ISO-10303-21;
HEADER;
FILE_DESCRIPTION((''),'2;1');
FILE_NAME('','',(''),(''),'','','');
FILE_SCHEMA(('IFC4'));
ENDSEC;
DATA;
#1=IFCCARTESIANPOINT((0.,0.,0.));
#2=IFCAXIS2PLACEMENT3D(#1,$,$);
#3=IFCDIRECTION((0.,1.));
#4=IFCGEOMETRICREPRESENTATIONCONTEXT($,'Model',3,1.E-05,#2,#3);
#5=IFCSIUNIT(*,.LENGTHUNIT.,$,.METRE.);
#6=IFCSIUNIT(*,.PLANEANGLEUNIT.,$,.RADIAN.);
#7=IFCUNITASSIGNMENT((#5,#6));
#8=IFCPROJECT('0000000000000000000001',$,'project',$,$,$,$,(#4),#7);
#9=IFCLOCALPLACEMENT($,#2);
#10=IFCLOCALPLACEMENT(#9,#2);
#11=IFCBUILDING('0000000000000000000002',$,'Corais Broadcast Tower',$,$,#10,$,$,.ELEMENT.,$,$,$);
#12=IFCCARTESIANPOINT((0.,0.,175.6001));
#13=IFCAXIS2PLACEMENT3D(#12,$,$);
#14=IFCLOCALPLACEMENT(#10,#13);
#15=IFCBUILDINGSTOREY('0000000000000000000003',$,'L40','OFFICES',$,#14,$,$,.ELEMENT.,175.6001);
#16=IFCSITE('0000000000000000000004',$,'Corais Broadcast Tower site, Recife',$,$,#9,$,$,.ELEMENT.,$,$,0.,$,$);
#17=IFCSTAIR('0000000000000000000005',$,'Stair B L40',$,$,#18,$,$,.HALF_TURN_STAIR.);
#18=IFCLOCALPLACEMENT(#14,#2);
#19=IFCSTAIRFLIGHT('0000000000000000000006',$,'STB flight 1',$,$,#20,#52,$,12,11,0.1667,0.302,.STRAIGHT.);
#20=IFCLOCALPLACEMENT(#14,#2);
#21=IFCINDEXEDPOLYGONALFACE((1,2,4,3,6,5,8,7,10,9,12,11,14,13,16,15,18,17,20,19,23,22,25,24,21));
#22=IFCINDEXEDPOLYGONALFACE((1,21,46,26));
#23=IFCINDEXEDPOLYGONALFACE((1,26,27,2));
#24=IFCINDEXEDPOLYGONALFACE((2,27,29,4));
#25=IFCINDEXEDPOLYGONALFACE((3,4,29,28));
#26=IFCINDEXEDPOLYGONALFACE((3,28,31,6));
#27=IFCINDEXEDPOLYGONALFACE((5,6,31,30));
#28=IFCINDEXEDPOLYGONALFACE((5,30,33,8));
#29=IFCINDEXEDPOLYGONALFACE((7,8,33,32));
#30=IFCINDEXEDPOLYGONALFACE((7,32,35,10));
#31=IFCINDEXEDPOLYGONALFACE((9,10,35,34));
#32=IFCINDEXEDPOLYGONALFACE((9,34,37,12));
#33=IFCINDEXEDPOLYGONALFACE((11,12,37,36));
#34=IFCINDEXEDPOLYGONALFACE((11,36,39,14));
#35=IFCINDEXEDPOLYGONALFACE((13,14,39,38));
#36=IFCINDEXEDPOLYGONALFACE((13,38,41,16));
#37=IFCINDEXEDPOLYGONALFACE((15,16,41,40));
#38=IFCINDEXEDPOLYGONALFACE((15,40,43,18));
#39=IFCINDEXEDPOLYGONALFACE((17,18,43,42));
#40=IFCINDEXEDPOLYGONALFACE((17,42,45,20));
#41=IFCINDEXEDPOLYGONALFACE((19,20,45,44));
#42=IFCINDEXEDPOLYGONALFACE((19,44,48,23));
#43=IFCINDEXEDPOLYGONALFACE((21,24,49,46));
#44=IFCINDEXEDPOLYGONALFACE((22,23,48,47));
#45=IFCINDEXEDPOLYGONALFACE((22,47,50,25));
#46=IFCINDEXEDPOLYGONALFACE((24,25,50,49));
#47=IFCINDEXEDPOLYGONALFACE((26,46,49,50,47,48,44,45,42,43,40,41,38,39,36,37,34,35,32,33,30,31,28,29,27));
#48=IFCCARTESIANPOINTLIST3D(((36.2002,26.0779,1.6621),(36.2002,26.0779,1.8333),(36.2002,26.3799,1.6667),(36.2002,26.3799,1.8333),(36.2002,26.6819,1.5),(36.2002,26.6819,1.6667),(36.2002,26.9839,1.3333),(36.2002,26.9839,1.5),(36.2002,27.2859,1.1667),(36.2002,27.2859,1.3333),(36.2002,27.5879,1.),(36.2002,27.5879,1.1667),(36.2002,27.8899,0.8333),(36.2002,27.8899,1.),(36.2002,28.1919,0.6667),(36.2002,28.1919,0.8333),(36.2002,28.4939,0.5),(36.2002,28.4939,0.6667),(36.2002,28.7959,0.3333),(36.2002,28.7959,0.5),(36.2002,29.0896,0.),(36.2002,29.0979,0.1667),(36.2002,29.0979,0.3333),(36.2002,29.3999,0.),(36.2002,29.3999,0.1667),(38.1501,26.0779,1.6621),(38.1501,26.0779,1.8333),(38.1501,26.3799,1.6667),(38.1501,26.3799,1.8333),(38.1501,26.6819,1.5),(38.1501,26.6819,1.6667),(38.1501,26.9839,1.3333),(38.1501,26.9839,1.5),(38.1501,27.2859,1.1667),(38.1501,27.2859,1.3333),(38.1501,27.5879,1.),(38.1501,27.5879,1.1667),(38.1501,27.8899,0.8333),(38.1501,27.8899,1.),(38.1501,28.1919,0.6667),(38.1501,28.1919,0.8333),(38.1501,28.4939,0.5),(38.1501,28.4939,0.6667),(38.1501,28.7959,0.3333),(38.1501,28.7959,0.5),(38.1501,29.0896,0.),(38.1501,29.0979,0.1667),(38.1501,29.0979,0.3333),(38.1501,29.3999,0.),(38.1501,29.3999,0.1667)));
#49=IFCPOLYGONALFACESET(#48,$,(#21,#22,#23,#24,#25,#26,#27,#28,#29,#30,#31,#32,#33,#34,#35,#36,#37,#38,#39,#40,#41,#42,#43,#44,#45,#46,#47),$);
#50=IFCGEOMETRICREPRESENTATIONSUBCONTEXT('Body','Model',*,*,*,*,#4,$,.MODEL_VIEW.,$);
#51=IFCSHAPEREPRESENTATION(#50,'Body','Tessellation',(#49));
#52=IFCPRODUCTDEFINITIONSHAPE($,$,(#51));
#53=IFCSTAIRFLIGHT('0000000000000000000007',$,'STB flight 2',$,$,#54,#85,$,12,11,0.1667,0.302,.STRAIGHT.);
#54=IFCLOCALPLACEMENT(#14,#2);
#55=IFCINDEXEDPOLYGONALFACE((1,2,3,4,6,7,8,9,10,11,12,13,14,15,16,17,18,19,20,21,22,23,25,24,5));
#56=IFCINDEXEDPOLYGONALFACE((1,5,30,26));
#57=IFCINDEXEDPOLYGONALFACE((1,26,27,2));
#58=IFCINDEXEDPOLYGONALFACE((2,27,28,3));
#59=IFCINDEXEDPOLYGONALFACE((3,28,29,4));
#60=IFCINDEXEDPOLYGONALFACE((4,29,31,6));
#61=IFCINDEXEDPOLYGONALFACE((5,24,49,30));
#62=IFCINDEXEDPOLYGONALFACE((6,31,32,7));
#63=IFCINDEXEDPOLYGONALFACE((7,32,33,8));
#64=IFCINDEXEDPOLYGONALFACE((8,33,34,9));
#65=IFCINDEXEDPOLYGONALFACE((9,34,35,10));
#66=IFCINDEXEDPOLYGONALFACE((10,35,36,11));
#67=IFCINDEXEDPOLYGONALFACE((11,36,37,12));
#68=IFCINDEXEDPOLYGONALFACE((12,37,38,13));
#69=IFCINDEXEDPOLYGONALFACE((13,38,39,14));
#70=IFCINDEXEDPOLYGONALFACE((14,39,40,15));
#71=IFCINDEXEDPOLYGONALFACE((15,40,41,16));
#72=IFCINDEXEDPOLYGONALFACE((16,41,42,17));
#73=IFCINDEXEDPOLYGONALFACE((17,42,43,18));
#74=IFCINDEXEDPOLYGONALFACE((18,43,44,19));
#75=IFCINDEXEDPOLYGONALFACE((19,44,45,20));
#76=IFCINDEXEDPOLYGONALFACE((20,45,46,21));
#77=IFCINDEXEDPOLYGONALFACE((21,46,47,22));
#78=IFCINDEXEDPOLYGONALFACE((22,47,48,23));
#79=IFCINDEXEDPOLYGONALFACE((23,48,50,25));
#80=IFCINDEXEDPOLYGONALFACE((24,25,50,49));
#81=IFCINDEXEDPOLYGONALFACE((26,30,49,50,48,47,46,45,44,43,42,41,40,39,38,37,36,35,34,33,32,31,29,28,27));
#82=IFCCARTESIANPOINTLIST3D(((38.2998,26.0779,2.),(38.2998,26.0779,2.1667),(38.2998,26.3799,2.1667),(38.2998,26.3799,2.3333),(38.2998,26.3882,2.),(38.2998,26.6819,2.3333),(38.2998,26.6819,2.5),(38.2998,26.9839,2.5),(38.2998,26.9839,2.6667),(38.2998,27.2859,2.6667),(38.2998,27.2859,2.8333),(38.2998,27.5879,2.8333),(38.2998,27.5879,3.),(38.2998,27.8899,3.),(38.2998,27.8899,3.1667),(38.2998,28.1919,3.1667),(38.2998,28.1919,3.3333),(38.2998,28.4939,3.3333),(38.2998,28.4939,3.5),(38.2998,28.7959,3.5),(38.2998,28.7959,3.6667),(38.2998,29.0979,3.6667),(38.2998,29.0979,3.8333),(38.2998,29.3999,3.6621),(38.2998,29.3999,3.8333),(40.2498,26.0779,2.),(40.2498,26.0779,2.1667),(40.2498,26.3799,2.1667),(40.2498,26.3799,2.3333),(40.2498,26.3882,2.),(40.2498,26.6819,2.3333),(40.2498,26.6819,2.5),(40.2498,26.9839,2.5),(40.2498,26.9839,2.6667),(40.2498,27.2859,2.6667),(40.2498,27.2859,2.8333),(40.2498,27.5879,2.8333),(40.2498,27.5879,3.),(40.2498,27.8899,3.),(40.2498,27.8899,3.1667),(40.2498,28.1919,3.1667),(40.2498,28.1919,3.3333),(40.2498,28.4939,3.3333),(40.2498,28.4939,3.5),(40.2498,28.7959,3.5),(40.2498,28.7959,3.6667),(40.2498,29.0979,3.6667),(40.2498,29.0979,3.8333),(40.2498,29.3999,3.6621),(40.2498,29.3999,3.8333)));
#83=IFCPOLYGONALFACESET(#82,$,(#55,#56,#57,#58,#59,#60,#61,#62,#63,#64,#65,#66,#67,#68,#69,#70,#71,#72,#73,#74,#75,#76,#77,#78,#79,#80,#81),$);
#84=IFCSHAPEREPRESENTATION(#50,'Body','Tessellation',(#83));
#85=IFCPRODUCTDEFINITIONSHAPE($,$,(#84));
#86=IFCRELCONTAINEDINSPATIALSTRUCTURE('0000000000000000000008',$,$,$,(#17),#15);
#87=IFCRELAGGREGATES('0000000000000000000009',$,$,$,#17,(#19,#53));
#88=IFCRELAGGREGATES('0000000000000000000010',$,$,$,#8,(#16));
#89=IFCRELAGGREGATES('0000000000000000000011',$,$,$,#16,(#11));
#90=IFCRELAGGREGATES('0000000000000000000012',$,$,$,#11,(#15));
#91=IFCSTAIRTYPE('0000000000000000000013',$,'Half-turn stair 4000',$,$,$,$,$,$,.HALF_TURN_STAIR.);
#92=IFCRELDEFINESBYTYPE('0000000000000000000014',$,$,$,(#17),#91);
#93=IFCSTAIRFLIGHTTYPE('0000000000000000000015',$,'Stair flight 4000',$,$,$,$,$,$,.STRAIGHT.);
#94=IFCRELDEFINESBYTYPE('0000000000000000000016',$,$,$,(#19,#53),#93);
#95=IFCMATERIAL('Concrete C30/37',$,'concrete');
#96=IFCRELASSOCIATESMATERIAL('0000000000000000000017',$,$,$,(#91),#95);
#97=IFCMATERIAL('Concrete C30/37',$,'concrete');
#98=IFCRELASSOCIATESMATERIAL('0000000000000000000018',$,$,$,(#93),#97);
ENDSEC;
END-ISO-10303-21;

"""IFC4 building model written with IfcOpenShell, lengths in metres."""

from ifc_helpers import new_model, si_unit, direction, frame, origin, place, context, subcontext, project, spatial, polyline, outline, extrude, material, type_object, element, aggregate, save


model = new_model("IFC4")

# Units and contexts
model_context = context("Model", 3, precision=1e-05, world=origin(), true_north=direction((0.0, 1.0)))
body_context = subcontext(model_context, "Body", "Model", "MODEL_VIEW")
ifc_project = project(units=[si_unit("LENGTHUNIT", "METRE"), si_unit("PLANEANGLEUNIT", "RADIAN")], contexts=[model_context])

# Site, building, storey
site_placement = place(None, origin())
site = spatial("IfcSite", under=ifc_project, at=site_placement, Name="Corais Broadcast Tower site, Recife", CompositionType="ELEMENT", RefElevation=0.0)
building_placement = place(site_placement, origin())
building = spatial("IfcBuilding", under=site, at=building_placement, Name="Corais Broadcast Tower", CompositionType="ELEMENT")
storey_placement = place(building_placement, frame((0.0, 0.0, 175.6001)))
storey = spatial("IfcBuildingStorey", under=building, at=storey_placement, Name="L40", Description="OFFICES", CompositionType="ELEMENT", Elevation=175.6001)

# Stair, stair flights
ifc_material_1 = material(Name="Concrete C30/37", Category="concrete")
stair_type = type_object("IfcStairType", Name="Half-turn stair 4000", PredefinedType="HALF_TURN_STAIR", material=ifc_material_1)
stair_placement = place(storey_placement, origin())
stair = element("IfcStair", 1, at=stair_placement, inside=storey, type_object=stair_type, Name="Stair B L40", PredefinedType="HALF_TURN_STAIR")
ifc_material_2 = material(Name="Concrete C30/37", Category="concrete")
stair_flight_type = type_object("IfcStairFlightType", Name="Stair flight 4000", PredefinedType="STRAIGHT", material=ifc_material_2)
stair_flight_1_placement = place(storey_placement, frame((37.175, 29.3999, 0.0), z_axis=(0.0, 0.0, 1.0), x_axis=(0.0, -1.0, 0.0)))
stair_flight_1 = element("IfcStairFlight", 2, at=stair_flight_1_placement, type_object=stair_flight_type, Name="STB flight 1", NumberOfRisers=12, NumberOfTreads=11, PredefinedType="STRAIGHT", RiserHeight=0.1667, TreadLength=0.302, context=body_context, shape_type="SweptSolid", body=[
    extrude(outline(polyline([(0.0, 0.0), (0.0, 0.1667), (0.302, 0.1667), (0.302, 0.3333), (0.604, 0.3333), (0.604, 0.5), (0.906, 0.5), (0.906, 0.6667), (1.208, 0.6667), (1.208, 0.8333), (1.51, 0.8333), (1.51, 1.0), (1.812, 1.0), (1.812, 1.1667), (2.114, 1.1667), (2.114, 1.3333), (2.416, 1.3333), (2.416, 1.5), (2.718, 1.5), (2.718, 1.6667), (3.02, 1.6667), (3.02, 1.8333), (3.322, 1.8333), (3.322, 2.0), (3.322, 1.6621), (0.3103, 0.0), (0.0, 0.0)])), frame((0.0, 0.9751, 0.0), z_axis=(0.0, -1.0, 0.0), x_axis=(1.0, 0.0, 0.0)), (0.0, 0.0, 1.0), 1.95),
])
stair_flight_2_placement = place(storey_placement, frame((39.2749, 26.0779, 2.0), z_axis=(0.0, 0.0, 1.0), x_axis=(0.0, 1.0, 0.0)))
stair_flight_2 = element("IfcStairFlight", 3, at=stair_flight_2_placement, type_object=stair_flight_type, Name="STB flight 2", NumberOfRisers=12, NumberOfTreads=11, PredefinedType="STRAIGHT", RiserHeight=0.1667, TreadLength=0.302, context=body_context, shape_type="SweptSolid", body=[
    extrude(outline(polyline([(0.0, 0.0), (0.0, 0.1667), (0.302, 0.1667), (0.302, 0.3333), (0.604, 0.3333), (0.604, 0.5), (0.906, 0.5), (0.906, 0.6667), (1.208, 0.6667), (1.208, 0.8333), (1.51, 0.8333), (1.51, 1.0), (1.812, 1.0), (1.812, 1.1667), (2.114, 1.1667), (2.114, 1.3333), (2.416, 1.3333), (2.416, 1.5), (2.718, 1.5), (2.718, 1.6667), (3.02, 1.6667), (3.02, 1.8333), (3.322, 1.8333), (3.322, 2.0), (3.322, 1.6621), (0.3103, 0.0), (0.0, 0.0)])), frame((0.0, 0.9751, 0.0), z_axis=(0.0, -1.0, 0.0), x_axis=(1.0, 0.0, 0.0)), (0.0, 0.0, 1.0), 1.95),
])
aggregate(stair, [stair_flight_1, stair_flight_2])

save(model, "model.ifc")
